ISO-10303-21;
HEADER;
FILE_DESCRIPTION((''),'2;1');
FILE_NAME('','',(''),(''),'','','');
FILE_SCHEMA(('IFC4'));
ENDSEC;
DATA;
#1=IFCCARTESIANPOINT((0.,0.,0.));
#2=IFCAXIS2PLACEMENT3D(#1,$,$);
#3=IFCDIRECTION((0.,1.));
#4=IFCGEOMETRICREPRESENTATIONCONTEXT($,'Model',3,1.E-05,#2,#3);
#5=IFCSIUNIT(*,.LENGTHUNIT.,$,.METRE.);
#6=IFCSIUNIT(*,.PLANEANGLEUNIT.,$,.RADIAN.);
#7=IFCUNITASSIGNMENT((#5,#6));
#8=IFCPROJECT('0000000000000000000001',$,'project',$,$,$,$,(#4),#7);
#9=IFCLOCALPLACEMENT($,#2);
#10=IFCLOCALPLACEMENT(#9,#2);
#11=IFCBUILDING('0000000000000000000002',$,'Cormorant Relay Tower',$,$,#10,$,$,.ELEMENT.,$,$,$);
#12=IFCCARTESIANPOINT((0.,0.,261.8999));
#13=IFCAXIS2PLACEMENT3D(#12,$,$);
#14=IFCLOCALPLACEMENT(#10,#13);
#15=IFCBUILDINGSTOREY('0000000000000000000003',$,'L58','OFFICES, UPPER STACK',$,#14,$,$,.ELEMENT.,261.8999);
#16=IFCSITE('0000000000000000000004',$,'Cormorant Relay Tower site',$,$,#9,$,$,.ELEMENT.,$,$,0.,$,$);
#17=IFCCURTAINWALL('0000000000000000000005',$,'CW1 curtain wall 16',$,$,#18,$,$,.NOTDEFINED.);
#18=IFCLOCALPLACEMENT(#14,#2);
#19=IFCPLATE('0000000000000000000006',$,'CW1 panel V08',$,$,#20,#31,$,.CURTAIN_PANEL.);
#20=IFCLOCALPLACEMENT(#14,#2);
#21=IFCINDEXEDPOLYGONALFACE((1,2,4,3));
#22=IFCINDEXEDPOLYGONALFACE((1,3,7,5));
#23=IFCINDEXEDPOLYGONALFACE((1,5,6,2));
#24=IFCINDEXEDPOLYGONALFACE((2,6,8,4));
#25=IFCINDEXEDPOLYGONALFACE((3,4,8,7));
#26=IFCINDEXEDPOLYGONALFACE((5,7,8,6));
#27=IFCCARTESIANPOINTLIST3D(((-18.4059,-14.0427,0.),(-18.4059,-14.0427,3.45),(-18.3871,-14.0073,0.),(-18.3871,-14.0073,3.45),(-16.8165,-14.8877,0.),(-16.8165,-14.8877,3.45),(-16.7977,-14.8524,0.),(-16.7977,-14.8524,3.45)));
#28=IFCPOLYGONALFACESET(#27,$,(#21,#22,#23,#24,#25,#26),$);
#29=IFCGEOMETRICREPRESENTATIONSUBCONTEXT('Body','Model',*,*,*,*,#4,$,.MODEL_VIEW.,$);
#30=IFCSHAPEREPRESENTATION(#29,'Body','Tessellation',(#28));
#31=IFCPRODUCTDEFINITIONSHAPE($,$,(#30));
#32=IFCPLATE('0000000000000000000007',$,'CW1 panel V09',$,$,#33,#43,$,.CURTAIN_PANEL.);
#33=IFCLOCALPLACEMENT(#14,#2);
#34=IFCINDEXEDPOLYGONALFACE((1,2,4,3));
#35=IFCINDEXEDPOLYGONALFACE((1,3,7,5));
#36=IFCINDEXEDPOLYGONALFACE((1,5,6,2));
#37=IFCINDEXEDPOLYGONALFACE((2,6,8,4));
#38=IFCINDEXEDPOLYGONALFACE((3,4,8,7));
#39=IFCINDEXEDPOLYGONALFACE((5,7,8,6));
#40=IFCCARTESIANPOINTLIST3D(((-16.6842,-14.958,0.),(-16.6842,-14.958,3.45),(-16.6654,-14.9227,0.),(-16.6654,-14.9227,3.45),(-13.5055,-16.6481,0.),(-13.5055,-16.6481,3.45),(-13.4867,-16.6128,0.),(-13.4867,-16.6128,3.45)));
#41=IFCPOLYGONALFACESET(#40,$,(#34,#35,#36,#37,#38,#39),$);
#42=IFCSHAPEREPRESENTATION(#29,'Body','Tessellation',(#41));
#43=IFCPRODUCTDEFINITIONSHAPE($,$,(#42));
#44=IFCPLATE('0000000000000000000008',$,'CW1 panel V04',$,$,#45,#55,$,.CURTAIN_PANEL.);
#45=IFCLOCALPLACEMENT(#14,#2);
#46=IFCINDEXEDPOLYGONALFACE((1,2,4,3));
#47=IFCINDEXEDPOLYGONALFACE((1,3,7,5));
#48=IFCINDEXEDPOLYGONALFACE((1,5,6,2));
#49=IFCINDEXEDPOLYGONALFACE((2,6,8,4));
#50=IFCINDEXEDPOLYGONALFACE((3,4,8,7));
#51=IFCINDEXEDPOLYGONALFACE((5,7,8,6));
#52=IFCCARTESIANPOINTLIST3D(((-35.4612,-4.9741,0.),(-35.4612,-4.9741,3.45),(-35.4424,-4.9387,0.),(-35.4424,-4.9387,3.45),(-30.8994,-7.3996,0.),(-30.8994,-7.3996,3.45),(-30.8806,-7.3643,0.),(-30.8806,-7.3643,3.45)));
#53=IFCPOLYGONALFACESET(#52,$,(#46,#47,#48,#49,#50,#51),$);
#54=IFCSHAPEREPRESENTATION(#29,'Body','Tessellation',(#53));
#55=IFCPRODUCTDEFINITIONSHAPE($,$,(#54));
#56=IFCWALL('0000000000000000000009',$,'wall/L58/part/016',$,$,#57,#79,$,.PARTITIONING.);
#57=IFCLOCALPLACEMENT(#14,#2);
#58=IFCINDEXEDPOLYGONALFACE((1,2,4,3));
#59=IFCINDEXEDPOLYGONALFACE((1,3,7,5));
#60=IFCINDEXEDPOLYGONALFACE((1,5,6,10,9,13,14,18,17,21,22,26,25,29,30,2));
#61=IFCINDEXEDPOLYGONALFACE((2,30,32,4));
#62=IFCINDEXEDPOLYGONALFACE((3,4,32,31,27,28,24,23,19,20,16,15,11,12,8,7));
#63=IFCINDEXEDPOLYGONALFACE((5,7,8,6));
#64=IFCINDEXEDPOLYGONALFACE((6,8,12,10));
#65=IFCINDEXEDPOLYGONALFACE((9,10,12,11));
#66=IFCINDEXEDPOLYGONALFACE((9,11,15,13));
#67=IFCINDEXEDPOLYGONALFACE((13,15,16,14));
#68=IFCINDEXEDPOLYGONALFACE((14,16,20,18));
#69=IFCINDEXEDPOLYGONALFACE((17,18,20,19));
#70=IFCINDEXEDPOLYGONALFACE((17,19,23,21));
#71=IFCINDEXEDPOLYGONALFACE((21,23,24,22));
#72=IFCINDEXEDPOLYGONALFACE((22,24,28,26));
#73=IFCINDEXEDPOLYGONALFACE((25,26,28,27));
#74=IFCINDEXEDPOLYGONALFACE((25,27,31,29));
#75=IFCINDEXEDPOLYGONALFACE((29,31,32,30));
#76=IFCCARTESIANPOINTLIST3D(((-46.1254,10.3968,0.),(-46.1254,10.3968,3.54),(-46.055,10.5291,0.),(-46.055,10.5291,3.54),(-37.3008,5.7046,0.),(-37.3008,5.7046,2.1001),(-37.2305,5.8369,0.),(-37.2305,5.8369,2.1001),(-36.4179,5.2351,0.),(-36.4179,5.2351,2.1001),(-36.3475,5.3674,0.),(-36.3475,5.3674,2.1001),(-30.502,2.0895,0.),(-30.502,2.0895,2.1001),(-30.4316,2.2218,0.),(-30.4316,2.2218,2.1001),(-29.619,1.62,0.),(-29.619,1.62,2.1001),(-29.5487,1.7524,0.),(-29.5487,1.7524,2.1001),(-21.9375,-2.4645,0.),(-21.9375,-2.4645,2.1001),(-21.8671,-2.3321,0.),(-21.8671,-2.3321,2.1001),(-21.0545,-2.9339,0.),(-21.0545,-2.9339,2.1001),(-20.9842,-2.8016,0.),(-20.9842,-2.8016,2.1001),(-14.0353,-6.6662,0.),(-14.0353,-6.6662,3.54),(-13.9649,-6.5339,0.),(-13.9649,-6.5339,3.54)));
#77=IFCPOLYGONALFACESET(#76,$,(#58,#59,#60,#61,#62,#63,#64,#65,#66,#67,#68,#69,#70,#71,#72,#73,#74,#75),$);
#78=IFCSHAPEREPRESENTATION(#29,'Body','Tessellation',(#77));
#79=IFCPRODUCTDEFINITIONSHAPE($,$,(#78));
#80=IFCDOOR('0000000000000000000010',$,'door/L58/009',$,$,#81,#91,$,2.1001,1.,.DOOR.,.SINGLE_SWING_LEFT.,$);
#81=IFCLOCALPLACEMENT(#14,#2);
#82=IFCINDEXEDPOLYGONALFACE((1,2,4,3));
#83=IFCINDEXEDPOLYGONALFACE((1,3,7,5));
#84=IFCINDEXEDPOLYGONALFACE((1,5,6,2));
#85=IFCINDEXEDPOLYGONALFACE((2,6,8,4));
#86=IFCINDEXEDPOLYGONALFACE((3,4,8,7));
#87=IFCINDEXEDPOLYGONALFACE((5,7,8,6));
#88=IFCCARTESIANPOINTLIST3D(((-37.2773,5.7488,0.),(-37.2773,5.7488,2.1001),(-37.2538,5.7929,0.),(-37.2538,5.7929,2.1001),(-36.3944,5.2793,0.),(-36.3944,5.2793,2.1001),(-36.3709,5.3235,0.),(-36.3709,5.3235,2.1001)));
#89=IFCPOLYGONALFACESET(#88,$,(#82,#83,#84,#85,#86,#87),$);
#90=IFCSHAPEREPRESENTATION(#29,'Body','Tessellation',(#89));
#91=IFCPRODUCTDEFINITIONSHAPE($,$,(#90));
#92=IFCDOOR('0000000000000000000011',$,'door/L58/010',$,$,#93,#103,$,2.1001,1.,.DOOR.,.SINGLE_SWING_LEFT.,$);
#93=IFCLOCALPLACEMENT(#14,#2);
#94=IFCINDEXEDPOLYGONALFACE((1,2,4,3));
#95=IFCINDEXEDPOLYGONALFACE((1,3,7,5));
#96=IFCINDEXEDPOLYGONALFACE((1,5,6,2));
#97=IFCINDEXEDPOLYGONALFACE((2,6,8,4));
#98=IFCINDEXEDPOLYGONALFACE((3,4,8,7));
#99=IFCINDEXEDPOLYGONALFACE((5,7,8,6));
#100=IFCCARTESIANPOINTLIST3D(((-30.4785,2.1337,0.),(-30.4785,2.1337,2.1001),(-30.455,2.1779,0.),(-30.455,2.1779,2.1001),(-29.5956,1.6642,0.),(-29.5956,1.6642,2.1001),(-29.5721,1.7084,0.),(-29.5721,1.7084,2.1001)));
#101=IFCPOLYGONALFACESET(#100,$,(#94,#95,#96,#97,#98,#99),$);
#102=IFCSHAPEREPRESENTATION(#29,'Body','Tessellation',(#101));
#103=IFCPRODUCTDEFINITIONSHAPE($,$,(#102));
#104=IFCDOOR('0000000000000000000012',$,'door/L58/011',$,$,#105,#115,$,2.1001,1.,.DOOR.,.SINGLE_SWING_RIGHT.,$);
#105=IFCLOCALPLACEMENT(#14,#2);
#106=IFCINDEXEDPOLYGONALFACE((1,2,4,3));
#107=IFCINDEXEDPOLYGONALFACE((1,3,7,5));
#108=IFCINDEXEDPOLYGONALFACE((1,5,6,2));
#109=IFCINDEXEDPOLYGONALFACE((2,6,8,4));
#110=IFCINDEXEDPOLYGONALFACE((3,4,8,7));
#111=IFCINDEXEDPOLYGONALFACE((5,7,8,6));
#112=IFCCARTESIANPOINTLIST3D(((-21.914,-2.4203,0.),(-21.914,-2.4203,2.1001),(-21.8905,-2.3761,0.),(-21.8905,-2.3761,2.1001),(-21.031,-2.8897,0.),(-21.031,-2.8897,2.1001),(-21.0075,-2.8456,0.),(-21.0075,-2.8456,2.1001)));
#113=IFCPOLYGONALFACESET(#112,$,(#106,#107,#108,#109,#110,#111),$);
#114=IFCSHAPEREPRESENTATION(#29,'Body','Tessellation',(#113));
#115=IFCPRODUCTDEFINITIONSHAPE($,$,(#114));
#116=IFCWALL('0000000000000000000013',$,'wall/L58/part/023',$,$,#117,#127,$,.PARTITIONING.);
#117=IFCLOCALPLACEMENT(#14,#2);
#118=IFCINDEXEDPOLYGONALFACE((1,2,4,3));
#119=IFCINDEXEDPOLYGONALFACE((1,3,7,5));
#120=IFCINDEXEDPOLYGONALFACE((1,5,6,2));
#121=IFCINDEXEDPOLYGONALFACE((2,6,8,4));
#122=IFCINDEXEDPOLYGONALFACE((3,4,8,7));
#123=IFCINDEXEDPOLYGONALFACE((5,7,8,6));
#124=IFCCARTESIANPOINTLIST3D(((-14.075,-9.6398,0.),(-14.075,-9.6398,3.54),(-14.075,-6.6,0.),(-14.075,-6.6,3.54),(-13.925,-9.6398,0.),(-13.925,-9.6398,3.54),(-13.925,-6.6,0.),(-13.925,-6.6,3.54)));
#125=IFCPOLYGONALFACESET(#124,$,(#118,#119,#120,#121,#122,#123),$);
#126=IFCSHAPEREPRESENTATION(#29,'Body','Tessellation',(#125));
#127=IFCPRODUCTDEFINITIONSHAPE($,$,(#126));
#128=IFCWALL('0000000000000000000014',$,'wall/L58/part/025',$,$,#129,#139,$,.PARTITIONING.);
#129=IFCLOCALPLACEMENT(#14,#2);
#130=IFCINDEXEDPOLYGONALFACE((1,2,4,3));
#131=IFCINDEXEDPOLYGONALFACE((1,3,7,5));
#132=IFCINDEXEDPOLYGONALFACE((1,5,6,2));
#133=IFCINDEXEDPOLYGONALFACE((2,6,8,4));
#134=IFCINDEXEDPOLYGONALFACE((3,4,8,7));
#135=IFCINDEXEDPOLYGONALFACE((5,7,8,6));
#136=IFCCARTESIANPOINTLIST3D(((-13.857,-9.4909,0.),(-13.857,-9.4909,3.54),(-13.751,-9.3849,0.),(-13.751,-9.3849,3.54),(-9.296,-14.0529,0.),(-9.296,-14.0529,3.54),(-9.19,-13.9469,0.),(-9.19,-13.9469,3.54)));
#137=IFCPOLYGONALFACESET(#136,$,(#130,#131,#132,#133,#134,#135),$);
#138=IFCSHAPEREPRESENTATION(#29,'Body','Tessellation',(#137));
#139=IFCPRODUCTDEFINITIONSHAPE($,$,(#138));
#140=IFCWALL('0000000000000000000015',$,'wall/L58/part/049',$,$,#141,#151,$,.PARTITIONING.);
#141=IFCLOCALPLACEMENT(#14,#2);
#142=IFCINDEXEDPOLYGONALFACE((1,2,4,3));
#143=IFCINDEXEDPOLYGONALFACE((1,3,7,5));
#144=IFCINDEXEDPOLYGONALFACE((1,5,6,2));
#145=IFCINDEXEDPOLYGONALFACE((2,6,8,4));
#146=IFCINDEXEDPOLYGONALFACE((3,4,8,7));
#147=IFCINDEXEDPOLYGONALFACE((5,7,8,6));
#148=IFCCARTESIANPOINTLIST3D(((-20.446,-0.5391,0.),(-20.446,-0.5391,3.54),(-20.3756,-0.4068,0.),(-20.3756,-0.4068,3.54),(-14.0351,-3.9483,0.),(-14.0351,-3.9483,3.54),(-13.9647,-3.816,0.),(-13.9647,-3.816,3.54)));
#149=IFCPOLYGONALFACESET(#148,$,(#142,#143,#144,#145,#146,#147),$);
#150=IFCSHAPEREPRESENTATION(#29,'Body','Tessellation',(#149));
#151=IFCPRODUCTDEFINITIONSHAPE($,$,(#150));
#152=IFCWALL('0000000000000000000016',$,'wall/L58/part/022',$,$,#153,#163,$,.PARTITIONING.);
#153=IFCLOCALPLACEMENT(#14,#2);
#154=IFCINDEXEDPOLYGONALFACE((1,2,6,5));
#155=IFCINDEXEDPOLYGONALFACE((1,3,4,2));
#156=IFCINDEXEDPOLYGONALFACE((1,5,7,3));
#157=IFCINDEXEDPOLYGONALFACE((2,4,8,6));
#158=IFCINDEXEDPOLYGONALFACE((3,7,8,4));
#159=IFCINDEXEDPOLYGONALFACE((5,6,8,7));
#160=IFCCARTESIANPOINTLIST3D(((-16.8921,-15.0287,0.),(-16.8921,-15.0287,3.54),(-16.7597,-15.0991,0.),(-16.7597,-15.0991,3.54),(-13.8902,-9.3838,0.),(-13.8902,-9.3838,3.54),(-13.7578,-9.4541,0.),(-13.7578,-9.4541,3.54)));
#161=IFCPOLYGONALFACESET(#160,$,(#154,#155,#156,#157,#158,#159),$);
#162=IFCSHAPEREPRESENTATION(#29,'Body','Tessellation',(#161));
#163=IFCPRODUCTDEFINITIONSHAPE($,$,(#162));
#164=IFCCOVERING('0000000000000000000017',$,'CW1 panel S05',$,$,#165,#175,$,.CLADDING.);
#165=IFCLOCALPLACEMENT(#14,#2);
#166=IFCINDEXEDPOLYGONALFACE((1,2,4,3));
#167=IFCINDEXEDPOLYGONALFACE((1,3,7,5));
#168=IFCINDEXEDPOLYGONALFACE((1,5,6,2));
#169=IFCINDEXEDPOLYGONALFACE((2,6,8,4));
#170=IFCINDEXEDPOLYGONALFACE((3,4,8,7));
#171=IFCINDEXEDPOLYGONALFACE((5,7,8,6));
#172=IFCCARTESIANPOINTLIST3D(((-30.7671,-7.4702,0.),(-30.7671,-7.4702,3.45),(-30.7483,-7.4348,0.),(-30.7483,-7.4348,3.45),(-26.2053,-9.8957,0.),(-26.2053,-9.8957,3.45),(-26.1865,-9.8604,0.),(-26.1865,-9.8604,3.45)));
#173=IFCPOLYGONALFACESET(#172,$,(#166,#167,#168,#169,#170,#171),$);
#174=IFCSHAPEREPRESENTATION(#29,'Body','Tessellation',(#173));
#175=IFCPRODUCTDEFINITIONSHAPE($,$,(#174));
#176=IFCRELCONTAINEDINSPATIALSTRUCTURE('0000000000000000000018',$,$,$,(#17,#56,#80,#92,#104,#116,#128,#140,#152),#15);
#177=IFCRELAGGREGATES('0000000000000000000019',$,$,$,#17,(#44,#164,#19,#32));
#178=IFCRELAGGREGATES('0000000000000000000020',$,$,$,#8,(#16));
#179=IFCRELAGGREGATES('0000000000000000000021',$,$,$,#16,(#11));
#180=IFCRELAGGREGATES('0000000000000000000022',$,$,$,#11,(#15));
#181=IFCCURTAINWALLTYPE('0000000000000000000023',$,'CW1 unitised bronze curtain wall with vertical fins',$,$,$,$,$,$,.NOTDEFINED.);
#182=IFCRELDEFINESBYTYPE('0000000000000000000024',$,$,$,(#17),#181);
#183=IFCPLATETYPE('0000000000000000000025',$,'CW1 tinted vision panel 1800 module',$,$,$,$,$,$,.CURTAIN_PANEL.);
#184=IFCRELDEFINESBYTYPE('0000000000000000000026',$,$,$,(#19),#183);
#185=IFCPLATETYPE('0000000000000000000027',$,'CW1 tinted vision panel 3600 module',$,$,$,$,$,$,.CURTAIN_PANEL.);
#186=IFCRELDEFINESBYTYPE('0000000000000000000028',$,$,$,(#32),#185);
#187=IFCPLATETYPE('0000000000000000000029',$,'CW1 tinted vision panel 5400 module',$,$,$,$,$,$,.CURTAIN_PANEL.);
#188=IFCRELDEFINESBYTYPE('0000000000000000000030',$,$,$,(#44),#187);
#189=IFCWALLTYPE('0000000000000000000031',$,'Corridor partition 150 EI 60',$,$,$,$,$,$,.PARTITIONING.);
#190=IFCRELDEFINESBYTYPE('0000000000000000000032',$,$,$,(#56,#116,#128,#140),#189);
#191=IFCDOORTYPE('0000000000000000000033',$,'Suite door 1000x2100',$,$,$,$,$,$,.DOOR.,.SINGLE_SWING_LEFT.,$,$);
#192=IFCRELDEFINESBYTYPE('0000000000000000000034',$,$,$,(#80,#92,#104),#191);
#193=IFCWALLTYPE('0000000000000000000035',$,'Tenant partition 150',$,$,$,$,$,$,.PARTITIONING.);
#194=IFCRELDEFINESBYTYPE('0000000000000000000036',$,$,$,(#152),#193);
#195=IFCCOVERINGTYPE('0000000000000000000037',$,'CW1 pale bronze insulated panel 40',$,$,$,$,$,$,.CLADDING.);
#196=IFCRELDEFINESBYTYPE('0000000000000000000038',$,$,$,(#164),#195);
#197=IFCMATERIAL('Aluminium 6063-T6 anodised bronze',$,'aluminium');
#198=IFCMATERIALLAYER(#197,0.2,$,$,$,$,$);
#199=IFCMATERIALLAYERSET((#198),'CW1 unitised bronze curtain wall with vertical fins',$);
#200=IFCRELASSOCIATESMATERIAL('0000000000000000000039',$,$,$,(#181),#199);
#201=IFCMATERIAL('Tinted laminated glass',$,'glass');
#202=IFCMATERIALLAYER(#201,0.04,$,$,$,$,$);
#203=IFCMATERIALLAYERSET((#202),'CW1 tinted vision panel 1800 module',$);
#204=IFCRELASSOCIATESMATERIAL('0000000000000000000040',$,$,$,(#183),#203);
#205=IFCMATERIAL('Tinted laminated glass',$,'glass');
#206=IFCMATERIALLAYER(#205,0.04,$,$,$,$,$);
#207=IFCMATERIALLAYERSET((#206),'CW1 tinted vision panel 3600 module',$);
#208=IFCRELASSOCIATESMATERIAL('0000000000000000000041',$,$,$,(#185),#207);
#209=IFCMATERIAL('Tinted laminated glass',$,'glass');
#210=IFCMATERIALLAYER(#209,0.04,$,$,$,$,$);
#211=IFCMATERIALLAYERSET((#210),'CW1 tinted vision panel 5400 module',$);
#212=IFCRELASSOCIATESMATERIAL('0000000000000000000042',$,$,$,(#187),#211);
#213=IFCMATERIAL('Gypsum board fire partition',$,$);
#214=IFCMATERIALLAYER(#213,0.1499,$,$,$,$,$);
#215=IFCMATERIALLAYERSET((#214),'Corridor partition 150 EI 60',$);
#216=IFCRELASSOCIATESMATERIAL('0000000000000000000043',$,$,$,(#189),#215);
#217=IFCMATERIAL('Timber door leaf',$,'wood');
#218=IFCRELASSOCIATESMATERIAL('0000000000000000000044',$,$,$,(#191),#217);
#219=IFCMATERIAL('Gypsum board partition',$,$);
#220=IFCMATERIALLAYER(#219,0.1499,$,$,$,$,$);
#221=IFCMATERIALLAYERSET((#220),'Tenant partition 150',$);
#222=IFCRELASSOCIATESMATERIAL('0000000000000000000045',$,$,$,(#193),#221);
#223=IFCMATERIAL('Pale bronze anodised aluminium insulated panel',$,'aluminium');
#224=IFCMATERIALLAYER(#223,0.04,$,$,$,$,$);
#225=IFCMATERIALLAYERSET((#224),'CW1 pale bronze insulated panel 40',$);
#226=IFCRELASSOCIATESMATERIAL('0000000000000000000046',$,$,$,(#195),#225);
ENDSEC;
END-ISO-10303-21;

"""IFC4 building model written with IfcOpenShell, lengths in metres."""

from ifc_helpers import new_model, si_unit, direction, frame, frame_2d, origin, origin_2d, place, context, subcontext, project, spatial, rectangle, extrude, material, layer, layer_set, type_object, element, fill, aggregate, save


model = new_model("IFC4")

# Units and contexts
model_context = context("Model", 3, precision=1e-05, world=origin(), true_north=direction((0.0, 1.0)))
body_context = subcontext(model_context, "Body", "Model", "MODEL_VIEW")
ifc_project = project(units=[si_unit("LENGTHUNIT", "METRE"), si_unit("PLANEANGLEUNIT", "RADIAN")], contexts=[model_context])

# Site, building, storey
site_placement = place(None, origin())
site = spatial("IfcSite", under=ifc_project, at=site_placement, Name="Cormorant Relay Tower site", CompositionType="ELEMENT", RefElevation=0.0)
building_placement = place(site_placement, origin())
building = spatial("IfcBuilding", under=site, at=building_placement, Name="Cormorant Relay Tower", CompositionType="ELEMENT")
storey_placement = place(building_placement, frame((0.0, 0.0, 261.8999)))
storey = spatial("IfcBuildingStorey", under=building, at=storey_placement, Name="L58", Description="OFFICES, UPPER STACK", CompositionType="ELEMENT", Elevation=261.8999)

# Curtain wall
ifc_material_1 = material(Name="Aluminium 6063-T6 anodised bronze", Category="aluminium")
ifc_layer_1 = layer(ifc_material_1, 0.2)
ifc_layer_set_1 = layer_set([ifc_layer_1], Name="CW1 unitised bronze curtain wall with vertical fins")
curtain_wall_type = type_object("IfcCurtainWallType", Name="CW1 unitised bronze curtain wall with vertical fins", PredefinedType="NOTDEFINED", material=ifc_layer_set_1)
curtain_wall_placement = place(storey_placement, origin())
curtain_wall = element("IfcCurtainWall", 1, at=curtain_wall_placement, inside=storey, type_object=curtain_wall_type, Name="CW1 curtain wall 16", PredefinedType="NOTDEFINED")

# Plates
ifc_material_2 = material(Name="Tinted laminated glass", Category="glass")
ifc_layer_2 = layer(ifc_material_2, 0.04)
ifc_layer_set_2 = layer_set([ifc_layer_2], Name="CW1 tinted vision panel 1800 module")
plate_type_1 = type_object("IfcPlateType", Name="CW1 tinted vision panel 1800 module", PredefinedType="CURTAIN_PANEL", material=ifc_layer_set_2)
plate_1_placement = place(storey_placement, frame((-17.6018, -14.4475, 0.0), z_axis=(0.0, 0.0, 1.0), x_axis=(0.882948, -0.469472, 0.0)))
plate_1 = element("IfcPlate", 2, at=plate_1_placement, type_object=plate_type_1, Name="CW1 panel V08", PredefinedType="CURTAIN_PANEL", context=body_context, shape_type="SweptSolid", body=[
    extrude(rectangle(XDim=1.8, YDim=0.04, at=origin_2d()), origin(), (0.0, 0.0, 1.0), 3.45),
])
ifc_material_3 = material(Name="Tinted laminated glass", Category="glass")
ifc_layer_3 = layer(ifc_material_3, 0.04)
ifc_layer_set_3 = layer_set([ifc_layer_3], Name="CW1 tinted vision panel 3600 module")
plate_type_2 = type_object("IfcPlateType", Name="CW1 tinted vision panel 3600 module", PredefinedType="CURTAIN_PANEL", material=ifc_layer_set_3)
plate_2_placement = place(storey_placement, frame((-15.0854, -15.7854, 0.0), z_axis=(0.0, 0.0, 1.0), x_axis=(0.882948, -0.469472, 0.0)))
plate_2 = element("IfcPlate", 3, at=plate_2_placement, type_object=plate_type_2, Name="CW1 panel V09", PredefinedType="CURTAIN_PANEL", context=body_context, shape_type="SweptSolid", body=[
    extrude(rectangle(XDim=3.6001, YDim=0.04, at=origin_2d()), origin(), (0.0, 0.0, 1.0), 3.45),
])
ifc_material_4 = material(Name="Tinted laminated glass", Category="glass")
ifc_layer_4 = layer(ifc_material_4, 0.04)
ifc_layer_set_4 = layer_set([ifc_layer_4], Name="CW1 tinted vision panel 5400 module")
plate_type_3 = type_object("IfcPlateType", Name="CW1 tinted vision panel 5400 module", PredefinedType="CURTAIN_PANEL", material=ifc_layer_set_4)
plate_3_placement = place(storey_placement, frame((-33.1709, -6.1692, 0.0), z_axis=(0.0, 0.0, 1.0), x_axis=(0.882948, -0.469472, 0.0)))
plate_3 = element("IfcPlate", 4, at=plate_3_placement, type_object=plate_type_3, Name="CW1 panel V04", PredefinedType="CURTAIN_PANEL", context=body_context, shape_type="SweptSolid", body=[
    extrude(rectangle(XDim=5.1665, YDim=0.04, at=origin_2d()), origin(), (0.0, 0.0, 1.0), 3.45),
])

# Wall, openings, doors
ifc_material_5 = material(Name="Gypsum board fire partition")
ifc_layer_5 = layer(ifc_material_5, 0.1499)
ifc_layer_set_5 = layer_set([ifc_layer_5], Name="Corridor partition 150 EI 60")
wall_type_1 = type_object("IfcWallType", Name="Corridor partition 150 EI 60", PredefinedType="PARTITIONING", material=ifc_layer_set_5)
wall_1_placement = place(storey_placement, frame((-14.0, -6.6001, 0.0), z_axis=(0.0, 0.0, 1.0), x_axis=(-0.882943, 0.46948, 0.0)))
wall_1 = element("IfcWall", 5, at=wall_1_placement, inside=storey, type_object=wall_type_1, Name="wall/L58/part/016", PredefinedType="PARTITIONING", context=body_context, shape_type="SweptSolid", body=[
    extrude(rectangle(XDim=36.3445, YDim=0.1499, at=frame_2d((18.1724, 0.0))), origin(), (0.0, 0.0, 1.0), 3.54),
])
opening_1_placement = place(wall_1_placement, frame((25.3501, 0.0, 0.0)))
opening_1 = element("IfcOpeningElement", 6, at=opening_1_placement, cuts=wall_1, PredefinedType="OPENING", context=body_context, shape_type="SweptSolid", body=[
    extrude(rectangle(XDim=1.0, YDim=2.1001, at=frame_2d((0.5, 1.05))), frame((0.0, 0.085, 0.0), z_axis=(0.0, -1.0, 0.0), x_axis=(1.0, 0.0, 0.0)), (0.0, 0.0, 1.0), 0.1699),
])
opening_2_placement = place(wall_1_placement, frame((17.6499, 0.0, 0.0)))
opening_2 = element("IfcOpeningElement", 7, at=opening_2_placement, cuts=wall_1, PredefinedType="OPENING", context=body_context, shape_type="SweptSolid", body=[
    extrude(rectangle(XDim=1.0, YDim=2.1001, at=frame_2d((0.5, 1.05))), frame((0.0, 0.085, 0.0), z_axis=(0.0, -1.0, 0.0), x_axis=(1.0, 0.0, 0.0)), (0.0, 0.0, 1.0), 0.1699),
])
opening_3_placement = place(wall_1_placement, frame((7.95, 0.0, 0.0)))
opening_3 = element("IfcOpeningElement", 8, at=opening_3_placement, cuts=wall_1, PredefinedType="OPENING", context=body_context, shape_type="SweptSolid", body=[
    extrude(rectangle(XDim=1.0, YDim=2.1001, at=frame_2d((0.5, 1.05))), frame((0.0, 0.085, 0.0), z_axis=(0.0, -1.0, 0.0), x_axis=(1.0, 0.0, 0.0)), (0.0, 0.0, 1.0), 0.1699),
])
ifc_material_6 = material(Name="Timber door leaf", Category="wood")
door_type = type_object("IfcDoorType", Name="Suite door 1000x2100", OperationType="SINGLE_SWING_LEFT", PredefinedType="DOOR", material=ifc_material_6)
door_1_placement = place(opening_1_placement, origin())
door_1 = element("IfcDoor", 9, at=door_1_placement, inside=storey, type_object=door_type, Name="door/L58/009", OperationType="SINGLE_SWING_LEFT", OverallHeight=2.1001, OverallWidth=1.0, PredefinedType="DOOR", context=body_context, shape_type="SweptSolid", body=[
    extrude(rectangle(XDim=1.0, YDim=2.1001, at=frame_2d((0.5, 1.05))), frame((0.0, 0.0249, 0.0), z_axis=(0.0, -1.0, 0.0), x_axis=(1.0, 0.0, 0.0)), (0.0, 0.0, 1.0), 0.05),
])
fill(opening_1, door_1)
door_2_placement = place(opening_2_placement, origin())
door_2 = element("IfcDoor", 10, at=door_2_placement, inside=storey, type_object=door_type, Name="door/L58/010", OperationType="SINGLE_SWING_LEFT", OverallHeight=2.1001, OverallWidth=1.0, PredefinedType="DOOR", context=body_context, shape_type="SweptSolid", body=[
    extrude(rectangle(XDim=1.0, YDim=2.1001, at=frame_2d((0.5, 1.05))), frame((0.0, 0.0249, 0.0), z_axis=(0.0, -1.0, 0.0), x_axis=(1.0, 0.0, 0.0)), (0.0, 0.0, 1.0), 0.05),
])
fill(opening_2, door_2)
door_3_placement = place(opening_3_placement, origin())
door_3 = element("IfcDoor", 11, at=door_3_placement, inside=storey, type_object=door_type, Name="door/L58/011", OperationType="SINGLE_SWING_RIGHT", OverallHeight=2.1001, OverallWidth=1.0, PredefinedType="DOOR", context=body_context, shape_type="SweptSolid", body=[
    extrude(rectangle(XDim=1.0, YDim=2.1001, at=frame_2d((0.5, 1.05))), frame((0.0, 0.0249, 0.0), z_axis=(0.0, -1.0, 0.0), x_axis=(1.0, 0.0, 0.0)), (0.0, 0.0, 1.0), 0.05),
])
fill(opening_3, door_3)

# Walls
wall_2_placement = place(storey_placement, frame((-14.0, -9.6399, 0.0), z_axis=(0.0, 0.0, 1.0), x_axis=(0.0, 1.0, 0.0)))
element("IfcWall", 12, at=wall_2_placement, inside=storey, type_object=wall_type_1, Name="wall/L58/part/023", PredefinedType="PARTITIONING", context=body_context, shape_type="SweptSolid", body=[
    extrude(rectangle(XDim=3.0398, YDim=0.1499, at=frame_2d((1.52, 0.0))), origin(), (0.0, 0.0, 1.0), 3.54),
])
wall_3_placement = place(storey_placement, frame((-9.2429, -14.0, 0.0), z_axis=(0.0, 0.0, 1.0), x_axis=(-0.707031, 0.707182, 0.0)))
element("IfcWall", 13, at=wall_3_placement, inside=storey, type_object=wall_type_1, Name="wall/L58/part/025", PredefinedType="PARTITIONING", context=body_context, shape_type="SweptSolid", body=[
    extrude(rectangle(XDim=6.4509, YDim=0.1499, at=frame_2d((3.2256, 0.0))), origin(), (0.0, 0.0, 1.0), 3.54),
])
wall_4_placement = place(storey_placement, frame((-14.0, -3.8821, 0.0), z_axis=(0.0, 0.0, 1.0), x_axis=(-0.882922, 0.46952, 0.0)))
element("IfcWall", 14, at=wall_4_placement, inside=storey, type_object=wall_type_1, Name="wall/L58/part/049", PredefinedType="PARTITIONING", context=body_context, shape_type="SweptSolid", body=[
    extrude(rectangle(XDim=7.261, YDim=0.1499, at=frame_2d((3.6304, 0.0))), origin(), (0.0, 0.0, 1.0), 3.54),
])
ifc_material_7 = material(Name="Gypsum board partition")
ifc_layer_6 = layer(ifc_material_7, 0.1499)
ifc_layer_set_6 = layer_set([ifc_layer_6], Name="Tenant partition 150")
wall_type_2 = type_object("IfcWallType", Name="Tenant partition 150", PredefinedType="PARTITIONING", material=ifc_layer_set_6)
wall_5_placement = place(storey_placement, frame((-13.824, -9.4189, 0.0), z_axis=(0.0, 0.0, 1.0), x_axis=(-0.469526, -0.882919, 0.0)))
element("IfcWall", 15, at=wall_5_placement, inside=storey, type_object=wall_type_2, Name="wall/L58/part/022", PredefinedType="PARTITIONING", context=body_context, shape_type="SweptSolid", body=[
    extrude(rectangle(XDim=6.3936, YDim=0.1499, at=frame_2d((3.1968, 0.0))), origin(), (0.0, 0.0, 1.0), 3.54),
])

# Covering
ifc_material_8 = material(Name="Pale bronze anodised aluminium insulated panel", Category="aluminium")
ifc_layer_7 = layer(ifc_material_8, 0.04)
ifc_layer_set_7 = layer_set([ifc_layer_7], Name="CW1 pale bronze insulated panel 40")
covering_type = type_object("IfcCoveringType", Name="CW1 pale bronze insulated panel 40", PredefinedType="CLADDING", material=ifc_layer_set_7)
covering_1_placement = place(storey_placement, frame((-28.4768, -8.6653, 0.0), z_axis=(0.0, 0.0, 1.0), x_axis=(0.882948, -0.469472, 0.0)))
covering_1 = element("IfcCovering", 16, at=covering_1_placement, type_object=covering_type, Name="CW1 panel S05", PredefinedType="CLADDING", context=body_context, shape_type="SweptSolid", body=[
    extrude(rectangle(XDim=5.1665, YDim=0.04, at=origin_2d()), origin(), (0.0, 0.0, 1.0), 3.45),
])
aggregate(curtain_wall, [plate_3, covering_1, plate_1, plate_2])

save(model, "model.ifc")
